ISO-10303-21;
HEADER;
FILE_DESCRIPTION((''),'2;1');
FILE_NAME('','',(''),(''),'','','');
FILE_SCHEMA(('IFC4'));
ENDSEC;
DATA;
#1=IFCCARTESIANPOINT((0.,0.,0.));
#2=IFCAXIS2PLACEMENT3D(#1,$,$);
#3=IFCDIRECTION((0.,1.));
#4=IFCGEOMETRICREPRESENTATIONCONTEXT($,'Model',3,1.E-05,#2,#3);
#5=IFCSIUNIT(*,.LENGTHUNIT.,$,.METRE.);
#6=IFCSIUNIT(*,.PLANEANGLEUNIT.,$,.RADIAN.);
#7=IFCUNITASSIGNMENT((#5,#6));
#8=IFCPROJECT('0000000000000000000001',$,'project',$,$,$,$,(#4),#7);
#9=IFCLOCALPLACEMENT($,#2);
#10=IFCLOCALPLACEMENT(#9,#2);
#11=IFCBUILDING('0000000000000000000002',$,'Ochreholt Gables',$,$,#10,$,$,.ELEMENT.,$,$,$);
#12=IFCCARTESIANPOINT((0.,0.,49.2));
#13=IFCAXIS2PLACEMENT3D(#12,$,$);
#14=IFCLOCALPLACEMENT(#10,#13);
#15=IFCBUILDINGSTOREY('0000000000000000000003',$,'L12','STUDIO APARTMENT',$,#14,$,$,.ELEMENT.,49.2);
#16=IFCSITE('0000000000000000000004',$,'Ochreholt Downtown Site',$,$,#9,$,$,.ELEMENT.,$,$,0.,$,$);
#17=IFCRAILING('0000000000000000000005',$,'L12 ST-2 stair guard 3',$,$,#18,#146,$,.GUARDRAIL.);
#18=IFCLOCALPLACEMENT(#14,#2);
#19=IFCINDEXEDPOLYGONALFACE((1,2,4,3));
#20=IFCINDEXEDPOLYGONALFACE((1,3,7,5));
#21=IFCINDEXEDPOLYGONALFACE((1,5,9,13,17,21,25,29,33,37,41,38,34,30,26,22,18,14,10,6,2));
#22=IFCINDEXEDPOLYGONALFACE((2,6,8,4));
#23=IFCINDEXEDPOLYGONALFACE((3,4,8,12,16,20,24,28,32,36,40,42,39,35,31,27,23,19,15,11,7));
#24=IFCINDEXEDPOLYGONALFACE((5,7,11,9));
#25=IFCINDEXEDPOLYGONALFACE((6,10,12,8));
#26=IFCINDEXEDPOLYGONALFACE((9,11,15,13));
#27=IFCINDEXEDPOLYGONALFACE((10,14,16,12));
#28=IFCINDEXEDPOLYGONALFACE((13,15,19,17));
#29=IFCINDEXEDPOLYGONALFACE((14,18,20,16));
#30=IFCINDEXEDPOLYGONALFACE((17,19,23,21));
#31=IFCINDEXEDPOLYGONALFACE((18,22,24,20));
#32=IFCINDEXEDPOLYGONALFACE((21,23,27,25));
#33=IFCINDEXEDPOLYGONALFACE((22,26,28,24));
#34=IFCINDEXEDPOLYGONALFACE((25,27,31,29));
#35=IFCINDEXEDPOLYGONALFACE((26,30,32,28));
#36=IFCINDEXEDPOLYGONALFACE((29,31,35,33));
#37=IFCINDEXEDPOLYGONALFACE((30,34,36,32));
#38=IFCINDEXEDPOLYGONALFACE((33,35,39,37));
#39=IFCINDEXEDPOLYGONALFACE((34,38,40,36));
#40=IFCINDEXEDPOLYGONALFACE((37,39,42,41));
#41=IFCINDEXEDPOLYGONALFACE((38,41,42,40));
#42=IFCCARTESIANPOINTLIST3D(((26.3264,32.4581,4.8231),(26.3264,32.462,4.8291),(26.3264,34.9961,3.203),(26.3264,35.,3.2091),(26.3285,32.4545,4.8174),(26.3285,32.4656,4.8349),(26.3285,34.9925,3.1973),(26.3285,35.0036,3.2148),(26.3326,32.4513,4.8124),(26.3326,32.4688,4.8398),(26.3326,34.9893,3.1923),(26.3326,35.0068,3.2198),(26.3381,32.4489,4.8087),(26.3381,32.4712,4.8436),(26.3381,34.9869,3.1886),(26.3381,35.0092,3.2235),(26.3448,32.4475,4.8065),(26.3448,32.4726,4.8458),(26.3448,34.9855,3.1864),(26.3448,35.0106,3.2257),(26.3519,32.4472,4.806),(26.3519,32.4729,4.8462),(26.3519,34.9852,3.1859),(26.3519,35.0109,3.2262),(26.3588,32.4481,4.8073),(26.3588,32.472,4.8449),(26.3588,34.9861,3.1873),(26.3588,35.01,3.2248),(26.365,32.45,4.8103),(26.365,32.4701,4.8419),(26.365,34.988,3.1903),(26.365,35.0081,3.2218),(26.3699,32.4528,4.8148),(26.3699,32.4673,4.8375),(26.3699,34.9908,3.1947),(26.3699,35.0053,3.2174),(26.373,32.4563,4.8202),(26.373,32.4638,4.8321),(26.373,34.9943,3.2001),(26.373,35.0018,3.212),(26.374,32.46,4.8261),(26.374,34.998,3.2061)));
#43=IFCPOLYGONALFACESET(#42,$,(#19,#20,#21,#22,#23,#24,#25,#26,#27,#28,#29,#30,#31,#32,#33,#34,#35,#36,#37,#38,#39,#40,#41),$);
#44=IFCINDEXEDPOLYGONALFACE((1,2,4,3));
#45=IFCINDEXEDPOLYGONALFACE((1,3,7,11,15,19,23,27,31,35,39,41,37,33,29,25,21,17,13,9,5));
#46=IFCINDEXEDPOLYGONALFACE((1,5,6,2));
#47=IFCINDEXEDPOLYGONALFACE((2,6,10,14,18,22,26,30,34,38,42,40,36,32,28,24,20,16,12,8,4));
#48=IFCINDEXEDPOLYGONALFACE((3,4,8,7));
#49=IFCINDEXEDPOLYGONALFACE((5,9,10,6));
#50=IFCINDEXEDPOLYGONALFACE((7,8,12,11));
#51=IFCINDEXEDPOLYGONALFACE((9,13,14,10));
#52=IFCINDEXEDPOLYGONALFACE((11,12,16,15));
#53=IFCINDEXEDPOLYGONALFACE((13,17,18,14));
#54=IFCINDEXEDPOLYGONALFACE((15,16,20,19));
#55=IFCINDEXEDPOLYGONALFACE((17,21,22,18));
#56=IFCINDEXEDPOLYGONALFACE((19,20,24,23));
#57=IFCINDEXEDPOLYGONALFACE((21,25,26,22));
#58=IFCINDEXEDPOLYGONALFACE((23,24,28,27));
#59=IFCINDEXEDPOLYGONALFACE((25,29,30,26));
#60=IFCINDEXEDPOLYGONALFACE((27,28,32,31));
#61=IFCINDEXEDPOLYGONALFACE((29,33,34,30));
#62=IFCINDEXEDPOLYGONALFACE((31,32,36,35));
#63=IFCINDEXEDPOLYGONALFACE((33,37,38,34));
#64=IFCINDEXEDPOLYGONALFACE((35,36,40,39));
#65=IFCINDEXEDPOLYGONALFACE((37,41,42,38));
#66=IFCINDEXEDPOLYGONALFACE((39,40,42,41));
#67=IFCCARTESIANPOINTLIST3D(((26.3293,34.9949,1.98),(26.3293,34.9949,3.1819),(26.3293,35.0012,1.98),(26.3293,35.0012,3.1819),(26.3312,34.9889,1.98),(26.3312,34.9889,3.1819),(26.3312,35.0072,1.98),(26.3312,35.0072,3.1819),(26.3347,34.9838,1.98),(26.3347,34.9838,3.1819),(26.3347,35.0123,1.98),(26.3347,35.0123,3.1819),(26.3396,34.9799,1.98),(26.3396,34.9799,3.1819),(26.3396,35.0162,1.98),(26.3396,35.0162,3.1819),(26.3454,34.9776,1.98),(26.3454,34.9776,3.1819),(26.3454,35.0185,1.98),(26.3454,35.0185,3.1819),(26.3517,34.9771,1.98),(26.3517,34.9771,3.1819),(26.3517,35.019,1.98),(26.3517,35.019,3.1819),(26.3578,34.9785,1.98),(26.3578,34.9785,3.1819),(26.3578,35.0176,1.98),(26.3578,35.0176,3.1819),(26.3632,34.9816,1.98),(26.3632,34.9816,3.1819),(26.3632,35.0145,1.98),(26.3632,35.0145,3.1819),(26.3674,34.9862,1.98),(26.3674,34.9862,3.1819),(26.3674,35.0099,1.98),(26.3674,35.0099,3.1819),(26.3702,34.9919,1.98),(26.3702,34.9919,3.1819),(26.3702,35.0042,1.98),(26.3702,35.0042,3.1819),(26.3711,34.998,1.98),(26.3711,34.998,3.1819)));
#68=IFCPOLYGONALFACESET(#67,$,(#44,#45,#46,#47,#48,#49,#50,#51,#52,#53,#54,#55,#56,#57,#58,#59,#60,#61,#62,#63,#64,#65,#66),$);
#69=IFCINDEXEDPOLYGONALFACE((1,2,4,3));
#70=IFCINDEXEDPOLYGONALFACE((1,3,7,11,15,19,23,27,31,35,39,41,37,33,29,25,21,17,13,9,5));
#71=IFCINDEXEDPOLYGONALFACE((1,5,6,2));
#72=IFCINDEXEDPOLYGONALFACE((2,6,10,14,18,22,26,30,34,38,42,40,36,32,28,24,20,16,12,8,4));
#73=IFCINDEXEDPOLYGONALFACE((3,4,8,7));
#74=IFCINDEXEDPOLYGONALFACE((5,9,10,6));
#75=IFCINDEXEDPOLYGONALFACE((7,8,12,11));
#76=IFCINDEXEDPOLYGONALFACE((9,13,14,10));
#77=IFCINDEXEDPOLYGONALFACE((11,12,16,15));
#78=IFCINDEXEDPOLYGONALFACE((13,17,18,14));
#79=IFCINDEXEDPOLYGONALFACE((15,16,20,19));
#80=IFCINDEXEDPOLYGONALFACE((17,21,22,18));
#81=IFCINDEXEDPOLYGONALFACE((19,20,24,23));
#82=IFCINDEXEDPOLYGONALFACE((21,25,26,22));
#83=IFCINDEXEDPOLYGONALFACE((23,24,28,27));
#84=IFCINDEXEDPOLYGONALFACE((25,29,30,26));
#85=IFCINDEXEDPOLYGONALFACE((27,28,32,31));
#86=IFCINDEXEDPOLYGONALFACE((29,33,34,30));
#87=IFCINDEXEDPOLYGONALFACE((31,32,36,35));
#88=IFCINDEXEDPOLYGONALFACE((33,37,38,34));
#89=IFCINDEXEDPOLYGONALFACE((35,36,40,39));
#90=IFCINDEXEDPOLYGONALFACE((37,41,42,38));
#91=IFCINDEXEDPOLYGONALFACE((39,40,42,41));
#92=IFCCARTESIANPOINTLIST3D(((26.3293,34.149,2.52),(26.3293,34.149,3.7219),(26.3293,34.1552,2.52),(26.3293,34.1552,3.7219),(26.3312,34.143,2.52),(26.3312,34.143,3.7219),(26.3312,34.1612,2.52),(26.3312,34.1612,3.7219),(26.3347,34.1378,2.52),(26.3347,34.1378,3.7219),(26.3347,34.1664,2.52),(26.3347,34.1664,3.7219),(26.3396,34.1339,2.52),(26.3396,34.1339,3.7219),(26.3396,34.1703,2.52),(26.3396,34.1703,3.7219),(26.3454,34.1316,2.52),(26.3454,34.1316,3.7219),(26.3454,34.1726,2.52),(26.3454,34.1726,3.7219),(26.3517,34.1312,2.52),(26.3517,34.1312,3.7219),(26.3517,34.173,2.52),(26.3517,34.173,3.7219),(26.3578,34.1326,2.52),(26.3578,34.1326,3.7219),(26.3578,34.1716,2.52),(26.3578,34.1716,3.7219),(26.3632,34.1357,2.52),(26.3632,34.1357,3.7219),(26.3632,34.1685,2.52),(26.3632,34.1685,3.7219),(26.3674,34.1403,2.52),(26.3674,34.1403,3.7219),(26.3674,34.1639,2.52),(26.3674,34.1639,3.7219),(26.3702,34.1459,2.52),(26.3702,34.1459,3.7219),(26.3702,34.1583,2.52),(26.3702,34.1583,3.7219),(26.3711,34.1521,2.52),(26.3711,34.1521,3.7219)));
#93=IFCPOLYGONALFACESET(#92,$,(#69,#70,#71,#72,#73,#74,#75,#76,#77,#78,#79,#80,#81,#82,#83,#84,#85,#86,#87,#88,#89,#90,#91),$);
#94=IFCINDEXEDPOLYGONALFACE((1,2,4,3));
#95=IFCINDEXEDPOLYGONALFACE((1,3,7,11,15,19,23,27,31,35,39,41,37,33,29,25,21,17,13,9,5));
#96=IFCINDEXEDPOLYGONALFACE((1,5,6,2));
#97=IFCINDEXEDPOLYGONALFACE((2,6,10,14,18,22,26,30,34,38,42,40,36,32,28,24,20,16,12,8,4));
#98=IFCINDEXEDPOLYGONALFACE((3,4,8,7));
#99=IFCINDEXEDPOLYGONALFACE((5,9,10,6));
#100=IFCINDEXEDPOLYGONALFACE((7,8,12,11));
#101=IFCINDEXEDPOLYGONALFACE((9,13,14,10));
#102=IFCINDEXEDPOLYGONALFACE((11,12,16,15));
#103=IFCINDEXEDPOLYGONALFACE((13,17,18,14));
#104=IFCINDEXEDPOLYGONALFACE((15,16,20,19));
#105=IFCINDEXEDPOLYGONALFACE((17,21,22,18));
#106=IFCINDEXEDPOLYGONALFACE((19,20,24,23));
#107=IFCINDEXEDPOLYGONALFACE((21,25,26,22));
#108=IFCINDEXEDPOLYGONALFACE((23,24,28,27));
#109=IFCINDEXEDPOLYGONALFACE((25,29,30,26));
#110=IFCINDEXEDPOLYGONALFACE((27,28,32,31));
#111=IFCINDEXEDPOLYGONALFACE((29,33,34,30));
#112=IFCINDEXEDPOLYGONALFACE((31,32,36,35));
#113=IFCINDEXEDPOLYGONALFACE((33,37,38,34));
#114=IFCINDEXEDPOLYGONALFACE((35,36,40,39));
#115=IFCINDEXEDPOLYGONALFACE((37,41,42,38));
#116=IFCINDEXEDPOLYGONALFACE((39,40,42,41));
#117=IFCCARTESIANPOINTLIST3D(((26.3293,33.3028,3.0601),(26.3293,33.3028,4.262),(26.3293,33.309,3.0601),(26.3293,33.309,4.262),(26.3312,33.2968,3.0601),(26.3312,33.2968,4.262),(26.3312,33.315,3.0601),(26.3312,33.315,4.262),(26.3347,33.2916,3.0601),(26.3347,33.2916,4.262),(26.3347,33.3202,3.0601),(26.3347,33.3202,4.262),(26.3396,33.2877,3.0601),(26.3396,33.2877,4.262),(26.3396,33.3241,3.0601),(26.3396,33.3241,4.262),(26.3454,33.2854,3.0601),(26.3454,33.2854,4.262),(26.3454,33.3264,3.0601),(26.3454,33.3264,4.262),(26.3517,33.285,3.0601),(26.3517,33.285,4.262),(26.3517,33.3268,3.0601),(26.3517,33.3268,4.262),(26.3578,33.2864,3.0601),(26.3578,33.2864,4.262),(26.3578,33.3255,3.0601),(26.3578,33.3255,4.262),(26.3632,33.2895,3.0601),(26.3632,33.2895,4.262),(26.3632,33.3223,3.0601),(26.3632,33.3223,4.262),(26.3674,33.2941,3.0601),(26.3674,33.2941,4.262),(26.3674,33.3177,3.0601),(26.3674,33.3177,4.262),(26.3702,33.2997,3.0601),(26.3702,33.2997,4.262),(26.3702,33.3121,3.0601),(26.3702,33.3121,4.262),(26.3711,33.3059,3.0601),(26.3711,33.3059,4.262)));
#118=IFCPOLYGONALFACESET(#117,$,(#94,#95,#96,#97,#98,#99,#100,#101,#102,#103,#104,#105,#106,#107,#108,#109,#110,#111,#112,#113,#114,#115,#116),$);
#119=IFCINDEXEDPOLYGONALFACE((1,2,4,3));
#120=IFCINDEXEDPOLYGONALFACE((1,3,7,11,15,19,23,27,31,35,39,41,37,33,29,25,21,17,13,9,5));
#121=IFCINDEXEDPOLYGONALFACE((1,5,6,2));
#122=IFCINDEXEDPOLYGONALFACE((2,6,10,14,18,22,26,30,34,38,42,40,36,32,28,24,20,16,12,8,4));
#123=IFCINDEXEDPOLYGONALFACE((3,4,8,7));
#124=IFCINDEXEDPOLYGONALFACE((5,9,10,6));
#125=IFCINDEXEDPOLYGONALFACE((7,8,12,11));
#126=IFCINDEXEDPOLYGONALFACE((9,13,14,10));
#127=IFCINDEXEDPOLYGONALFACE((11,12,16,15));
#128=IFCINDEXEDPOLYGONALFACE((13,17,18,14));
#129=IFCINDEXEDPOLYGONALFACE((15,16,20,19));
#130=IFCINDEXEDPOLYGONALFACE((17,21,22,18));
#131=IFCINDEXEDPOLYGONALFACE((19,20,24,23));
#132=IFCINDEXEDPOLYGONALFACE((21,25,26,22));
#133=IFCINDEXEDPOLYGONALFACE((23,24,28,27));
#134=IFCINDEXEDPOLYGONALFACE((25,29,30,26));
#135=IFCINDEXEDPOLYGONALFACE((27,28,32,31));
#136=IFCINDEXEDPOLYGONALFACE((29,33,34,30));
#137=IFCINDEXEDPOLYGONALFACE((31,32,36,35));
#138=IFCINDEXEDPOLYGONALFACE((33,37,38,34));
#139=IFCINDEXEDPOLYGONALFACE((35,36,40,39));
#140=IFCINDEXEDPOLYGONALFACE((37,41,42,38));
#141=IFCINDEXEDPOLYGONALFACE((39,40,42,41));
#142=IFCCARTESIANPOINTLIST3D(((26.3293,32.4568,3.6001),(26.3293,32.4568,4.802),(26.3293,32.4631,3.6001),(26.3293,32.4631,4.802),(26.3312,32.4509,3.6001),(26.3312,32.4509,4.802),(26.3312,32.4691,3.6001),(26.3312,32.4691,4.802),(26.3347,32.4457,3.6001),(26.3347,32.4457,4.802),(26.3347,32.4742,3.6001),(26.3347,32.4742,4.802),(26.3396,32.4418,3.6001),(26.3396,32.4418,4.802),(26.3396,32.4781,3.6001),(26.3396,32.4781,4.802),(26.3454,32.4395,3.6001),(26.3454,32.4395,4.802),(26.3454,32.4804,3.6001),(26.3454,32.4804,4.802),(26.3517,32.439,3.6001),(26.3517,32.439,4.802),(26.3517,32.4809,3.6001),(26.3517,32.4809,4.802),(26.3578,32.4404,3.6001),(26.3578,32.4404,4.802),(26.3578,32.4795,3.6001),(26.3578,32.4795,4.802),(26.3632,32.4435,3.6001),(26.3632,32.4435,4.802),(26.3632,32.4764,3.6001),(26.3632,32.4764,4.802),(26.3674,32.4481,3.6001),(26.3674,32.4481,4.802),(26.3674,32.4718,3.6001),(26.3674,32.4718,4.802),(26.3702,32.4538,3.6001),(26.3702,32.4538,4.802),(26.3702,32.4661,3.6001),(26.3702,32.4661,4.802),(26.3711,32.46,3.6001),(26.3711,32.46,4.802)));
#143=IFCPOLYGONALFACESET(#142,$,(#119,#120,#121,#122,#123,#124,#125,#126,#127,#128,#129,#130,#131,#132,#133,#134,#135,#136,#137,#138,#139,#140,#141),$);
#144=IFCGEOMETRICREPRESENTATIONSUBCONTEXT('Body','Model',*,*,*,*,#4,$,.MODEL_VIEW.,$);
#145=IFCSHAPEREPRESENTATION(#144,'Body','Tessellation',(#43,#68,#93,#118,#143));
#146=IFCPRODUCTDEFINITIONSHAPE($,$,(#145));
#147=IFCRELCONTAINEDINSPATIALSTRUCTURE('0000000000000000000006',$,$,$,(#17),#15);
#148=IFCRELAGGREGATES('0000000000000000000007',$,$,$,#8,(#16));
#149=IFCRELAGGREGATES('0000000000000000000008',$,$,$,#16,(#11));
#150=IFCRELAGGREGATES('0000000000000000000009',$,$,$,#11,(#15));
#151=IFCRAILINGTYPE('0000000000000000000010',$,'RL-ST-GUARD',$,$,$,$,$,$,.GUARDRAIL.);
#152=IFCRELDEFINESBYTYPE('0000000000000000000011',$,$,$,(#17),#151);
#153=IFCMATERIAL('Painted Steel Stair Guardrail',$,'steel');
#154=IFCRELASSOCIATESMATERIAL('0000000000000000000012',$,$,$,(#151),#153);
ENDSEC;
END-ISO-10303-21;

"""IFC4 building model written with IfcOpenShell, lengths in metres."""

from ifc_helpers import new_model, si_unit, direction, frame, origin, origin_2d, place, context, subcontext, project, spatial, circle, extrude, material, type_object, element, save


model = new_model("IFC4")

# Units and contexts
model_context = context("Model", 3, precision=1e-05, world=origin(), true_north=direction((0.0, 1.0)))
body_context = subcontext(model_context, "Body", "Model", "MODEL_VIEW")
ifc_project = project(units=[si_unit("LENGTHUNIT", "METRE"), si_unit("PLANEANGLEUNIT", "RADIAN")], contexts=[model_context])

# Site, building, storey
site_placement = place(None, origin())
site = spatial("IfcSite", under=ifc_project, at=site_placement, Name="Ochreholt Downtown Site", CompositionType="ELEMENT", RefElevation=0.0)
building_placement = place(site_placement, origin())
building = spatial("IfcBuilding", under=site, at=building_placement, Name="Ochreholt Gables", CompositionType="ELEMENT")
storey_placement = place(building_placement, frame((0.0, 0.0, 49.2)))
storey = spatial("IfcBuildingStorey", under=building, at=storey_placement, Name="L12", Description="STUDIO APARTMENT", CompositionType="ELEMENT", Elevation=49.2)

# Railing
ifc_material_1 = material(Name="Painted Steel Stair Guardrail", Category="steel")
railing_type_1 = type_object("IfcRailingType", Name="RL-ST-GUARD", PredefinedType="GUARDRAIL", material=ifc_material_1)
railing_1_placement = place(storey_placement, frame((26.3501, 34.998, 1.98)))
element("IfcRailing", 1, at=railing_1_placement, inside=storey, type_object=railing_type_1, Name="L12 ST-2 stair guard 3", PredefinedType="GUARDRAIL", context=body_context, shape_type="SweptSolid", body=[
    extrude(circle(Radius=0.0239, at=origin_2d()), frame((0.0, 0.0, 1.2261), z_axis=(0.0, -0.842913, 0.53805), x_axis=(1.0, 0.0, 0.0)), (0.0, 0.0, 1.0), 3.011),
    extrude(circle(Radius=0.021, at=origin_2d()), origin(), (0.0, 0.0, 1.0), 1.2019),
    extrude(circle(Radius=0.021, at=origin_2d()), frame((0.0, -0.8459, 0.54)), (0.0, 0.0, 1.0), 1.2019),
    extrude(circle(Radius=0.021, at=origin_2d()), frame((0.0, -1.6921, 1.0801)), (0.0, 0.0, 1.0), 1.2019),
    extrude(circle(Radius=0.021, at=origin_2d()), frame((0.0, -2.5381, 1.6201)), (0.0, 0.0, 1.0), 1.2019),
])

save(model, "model.ifc")
